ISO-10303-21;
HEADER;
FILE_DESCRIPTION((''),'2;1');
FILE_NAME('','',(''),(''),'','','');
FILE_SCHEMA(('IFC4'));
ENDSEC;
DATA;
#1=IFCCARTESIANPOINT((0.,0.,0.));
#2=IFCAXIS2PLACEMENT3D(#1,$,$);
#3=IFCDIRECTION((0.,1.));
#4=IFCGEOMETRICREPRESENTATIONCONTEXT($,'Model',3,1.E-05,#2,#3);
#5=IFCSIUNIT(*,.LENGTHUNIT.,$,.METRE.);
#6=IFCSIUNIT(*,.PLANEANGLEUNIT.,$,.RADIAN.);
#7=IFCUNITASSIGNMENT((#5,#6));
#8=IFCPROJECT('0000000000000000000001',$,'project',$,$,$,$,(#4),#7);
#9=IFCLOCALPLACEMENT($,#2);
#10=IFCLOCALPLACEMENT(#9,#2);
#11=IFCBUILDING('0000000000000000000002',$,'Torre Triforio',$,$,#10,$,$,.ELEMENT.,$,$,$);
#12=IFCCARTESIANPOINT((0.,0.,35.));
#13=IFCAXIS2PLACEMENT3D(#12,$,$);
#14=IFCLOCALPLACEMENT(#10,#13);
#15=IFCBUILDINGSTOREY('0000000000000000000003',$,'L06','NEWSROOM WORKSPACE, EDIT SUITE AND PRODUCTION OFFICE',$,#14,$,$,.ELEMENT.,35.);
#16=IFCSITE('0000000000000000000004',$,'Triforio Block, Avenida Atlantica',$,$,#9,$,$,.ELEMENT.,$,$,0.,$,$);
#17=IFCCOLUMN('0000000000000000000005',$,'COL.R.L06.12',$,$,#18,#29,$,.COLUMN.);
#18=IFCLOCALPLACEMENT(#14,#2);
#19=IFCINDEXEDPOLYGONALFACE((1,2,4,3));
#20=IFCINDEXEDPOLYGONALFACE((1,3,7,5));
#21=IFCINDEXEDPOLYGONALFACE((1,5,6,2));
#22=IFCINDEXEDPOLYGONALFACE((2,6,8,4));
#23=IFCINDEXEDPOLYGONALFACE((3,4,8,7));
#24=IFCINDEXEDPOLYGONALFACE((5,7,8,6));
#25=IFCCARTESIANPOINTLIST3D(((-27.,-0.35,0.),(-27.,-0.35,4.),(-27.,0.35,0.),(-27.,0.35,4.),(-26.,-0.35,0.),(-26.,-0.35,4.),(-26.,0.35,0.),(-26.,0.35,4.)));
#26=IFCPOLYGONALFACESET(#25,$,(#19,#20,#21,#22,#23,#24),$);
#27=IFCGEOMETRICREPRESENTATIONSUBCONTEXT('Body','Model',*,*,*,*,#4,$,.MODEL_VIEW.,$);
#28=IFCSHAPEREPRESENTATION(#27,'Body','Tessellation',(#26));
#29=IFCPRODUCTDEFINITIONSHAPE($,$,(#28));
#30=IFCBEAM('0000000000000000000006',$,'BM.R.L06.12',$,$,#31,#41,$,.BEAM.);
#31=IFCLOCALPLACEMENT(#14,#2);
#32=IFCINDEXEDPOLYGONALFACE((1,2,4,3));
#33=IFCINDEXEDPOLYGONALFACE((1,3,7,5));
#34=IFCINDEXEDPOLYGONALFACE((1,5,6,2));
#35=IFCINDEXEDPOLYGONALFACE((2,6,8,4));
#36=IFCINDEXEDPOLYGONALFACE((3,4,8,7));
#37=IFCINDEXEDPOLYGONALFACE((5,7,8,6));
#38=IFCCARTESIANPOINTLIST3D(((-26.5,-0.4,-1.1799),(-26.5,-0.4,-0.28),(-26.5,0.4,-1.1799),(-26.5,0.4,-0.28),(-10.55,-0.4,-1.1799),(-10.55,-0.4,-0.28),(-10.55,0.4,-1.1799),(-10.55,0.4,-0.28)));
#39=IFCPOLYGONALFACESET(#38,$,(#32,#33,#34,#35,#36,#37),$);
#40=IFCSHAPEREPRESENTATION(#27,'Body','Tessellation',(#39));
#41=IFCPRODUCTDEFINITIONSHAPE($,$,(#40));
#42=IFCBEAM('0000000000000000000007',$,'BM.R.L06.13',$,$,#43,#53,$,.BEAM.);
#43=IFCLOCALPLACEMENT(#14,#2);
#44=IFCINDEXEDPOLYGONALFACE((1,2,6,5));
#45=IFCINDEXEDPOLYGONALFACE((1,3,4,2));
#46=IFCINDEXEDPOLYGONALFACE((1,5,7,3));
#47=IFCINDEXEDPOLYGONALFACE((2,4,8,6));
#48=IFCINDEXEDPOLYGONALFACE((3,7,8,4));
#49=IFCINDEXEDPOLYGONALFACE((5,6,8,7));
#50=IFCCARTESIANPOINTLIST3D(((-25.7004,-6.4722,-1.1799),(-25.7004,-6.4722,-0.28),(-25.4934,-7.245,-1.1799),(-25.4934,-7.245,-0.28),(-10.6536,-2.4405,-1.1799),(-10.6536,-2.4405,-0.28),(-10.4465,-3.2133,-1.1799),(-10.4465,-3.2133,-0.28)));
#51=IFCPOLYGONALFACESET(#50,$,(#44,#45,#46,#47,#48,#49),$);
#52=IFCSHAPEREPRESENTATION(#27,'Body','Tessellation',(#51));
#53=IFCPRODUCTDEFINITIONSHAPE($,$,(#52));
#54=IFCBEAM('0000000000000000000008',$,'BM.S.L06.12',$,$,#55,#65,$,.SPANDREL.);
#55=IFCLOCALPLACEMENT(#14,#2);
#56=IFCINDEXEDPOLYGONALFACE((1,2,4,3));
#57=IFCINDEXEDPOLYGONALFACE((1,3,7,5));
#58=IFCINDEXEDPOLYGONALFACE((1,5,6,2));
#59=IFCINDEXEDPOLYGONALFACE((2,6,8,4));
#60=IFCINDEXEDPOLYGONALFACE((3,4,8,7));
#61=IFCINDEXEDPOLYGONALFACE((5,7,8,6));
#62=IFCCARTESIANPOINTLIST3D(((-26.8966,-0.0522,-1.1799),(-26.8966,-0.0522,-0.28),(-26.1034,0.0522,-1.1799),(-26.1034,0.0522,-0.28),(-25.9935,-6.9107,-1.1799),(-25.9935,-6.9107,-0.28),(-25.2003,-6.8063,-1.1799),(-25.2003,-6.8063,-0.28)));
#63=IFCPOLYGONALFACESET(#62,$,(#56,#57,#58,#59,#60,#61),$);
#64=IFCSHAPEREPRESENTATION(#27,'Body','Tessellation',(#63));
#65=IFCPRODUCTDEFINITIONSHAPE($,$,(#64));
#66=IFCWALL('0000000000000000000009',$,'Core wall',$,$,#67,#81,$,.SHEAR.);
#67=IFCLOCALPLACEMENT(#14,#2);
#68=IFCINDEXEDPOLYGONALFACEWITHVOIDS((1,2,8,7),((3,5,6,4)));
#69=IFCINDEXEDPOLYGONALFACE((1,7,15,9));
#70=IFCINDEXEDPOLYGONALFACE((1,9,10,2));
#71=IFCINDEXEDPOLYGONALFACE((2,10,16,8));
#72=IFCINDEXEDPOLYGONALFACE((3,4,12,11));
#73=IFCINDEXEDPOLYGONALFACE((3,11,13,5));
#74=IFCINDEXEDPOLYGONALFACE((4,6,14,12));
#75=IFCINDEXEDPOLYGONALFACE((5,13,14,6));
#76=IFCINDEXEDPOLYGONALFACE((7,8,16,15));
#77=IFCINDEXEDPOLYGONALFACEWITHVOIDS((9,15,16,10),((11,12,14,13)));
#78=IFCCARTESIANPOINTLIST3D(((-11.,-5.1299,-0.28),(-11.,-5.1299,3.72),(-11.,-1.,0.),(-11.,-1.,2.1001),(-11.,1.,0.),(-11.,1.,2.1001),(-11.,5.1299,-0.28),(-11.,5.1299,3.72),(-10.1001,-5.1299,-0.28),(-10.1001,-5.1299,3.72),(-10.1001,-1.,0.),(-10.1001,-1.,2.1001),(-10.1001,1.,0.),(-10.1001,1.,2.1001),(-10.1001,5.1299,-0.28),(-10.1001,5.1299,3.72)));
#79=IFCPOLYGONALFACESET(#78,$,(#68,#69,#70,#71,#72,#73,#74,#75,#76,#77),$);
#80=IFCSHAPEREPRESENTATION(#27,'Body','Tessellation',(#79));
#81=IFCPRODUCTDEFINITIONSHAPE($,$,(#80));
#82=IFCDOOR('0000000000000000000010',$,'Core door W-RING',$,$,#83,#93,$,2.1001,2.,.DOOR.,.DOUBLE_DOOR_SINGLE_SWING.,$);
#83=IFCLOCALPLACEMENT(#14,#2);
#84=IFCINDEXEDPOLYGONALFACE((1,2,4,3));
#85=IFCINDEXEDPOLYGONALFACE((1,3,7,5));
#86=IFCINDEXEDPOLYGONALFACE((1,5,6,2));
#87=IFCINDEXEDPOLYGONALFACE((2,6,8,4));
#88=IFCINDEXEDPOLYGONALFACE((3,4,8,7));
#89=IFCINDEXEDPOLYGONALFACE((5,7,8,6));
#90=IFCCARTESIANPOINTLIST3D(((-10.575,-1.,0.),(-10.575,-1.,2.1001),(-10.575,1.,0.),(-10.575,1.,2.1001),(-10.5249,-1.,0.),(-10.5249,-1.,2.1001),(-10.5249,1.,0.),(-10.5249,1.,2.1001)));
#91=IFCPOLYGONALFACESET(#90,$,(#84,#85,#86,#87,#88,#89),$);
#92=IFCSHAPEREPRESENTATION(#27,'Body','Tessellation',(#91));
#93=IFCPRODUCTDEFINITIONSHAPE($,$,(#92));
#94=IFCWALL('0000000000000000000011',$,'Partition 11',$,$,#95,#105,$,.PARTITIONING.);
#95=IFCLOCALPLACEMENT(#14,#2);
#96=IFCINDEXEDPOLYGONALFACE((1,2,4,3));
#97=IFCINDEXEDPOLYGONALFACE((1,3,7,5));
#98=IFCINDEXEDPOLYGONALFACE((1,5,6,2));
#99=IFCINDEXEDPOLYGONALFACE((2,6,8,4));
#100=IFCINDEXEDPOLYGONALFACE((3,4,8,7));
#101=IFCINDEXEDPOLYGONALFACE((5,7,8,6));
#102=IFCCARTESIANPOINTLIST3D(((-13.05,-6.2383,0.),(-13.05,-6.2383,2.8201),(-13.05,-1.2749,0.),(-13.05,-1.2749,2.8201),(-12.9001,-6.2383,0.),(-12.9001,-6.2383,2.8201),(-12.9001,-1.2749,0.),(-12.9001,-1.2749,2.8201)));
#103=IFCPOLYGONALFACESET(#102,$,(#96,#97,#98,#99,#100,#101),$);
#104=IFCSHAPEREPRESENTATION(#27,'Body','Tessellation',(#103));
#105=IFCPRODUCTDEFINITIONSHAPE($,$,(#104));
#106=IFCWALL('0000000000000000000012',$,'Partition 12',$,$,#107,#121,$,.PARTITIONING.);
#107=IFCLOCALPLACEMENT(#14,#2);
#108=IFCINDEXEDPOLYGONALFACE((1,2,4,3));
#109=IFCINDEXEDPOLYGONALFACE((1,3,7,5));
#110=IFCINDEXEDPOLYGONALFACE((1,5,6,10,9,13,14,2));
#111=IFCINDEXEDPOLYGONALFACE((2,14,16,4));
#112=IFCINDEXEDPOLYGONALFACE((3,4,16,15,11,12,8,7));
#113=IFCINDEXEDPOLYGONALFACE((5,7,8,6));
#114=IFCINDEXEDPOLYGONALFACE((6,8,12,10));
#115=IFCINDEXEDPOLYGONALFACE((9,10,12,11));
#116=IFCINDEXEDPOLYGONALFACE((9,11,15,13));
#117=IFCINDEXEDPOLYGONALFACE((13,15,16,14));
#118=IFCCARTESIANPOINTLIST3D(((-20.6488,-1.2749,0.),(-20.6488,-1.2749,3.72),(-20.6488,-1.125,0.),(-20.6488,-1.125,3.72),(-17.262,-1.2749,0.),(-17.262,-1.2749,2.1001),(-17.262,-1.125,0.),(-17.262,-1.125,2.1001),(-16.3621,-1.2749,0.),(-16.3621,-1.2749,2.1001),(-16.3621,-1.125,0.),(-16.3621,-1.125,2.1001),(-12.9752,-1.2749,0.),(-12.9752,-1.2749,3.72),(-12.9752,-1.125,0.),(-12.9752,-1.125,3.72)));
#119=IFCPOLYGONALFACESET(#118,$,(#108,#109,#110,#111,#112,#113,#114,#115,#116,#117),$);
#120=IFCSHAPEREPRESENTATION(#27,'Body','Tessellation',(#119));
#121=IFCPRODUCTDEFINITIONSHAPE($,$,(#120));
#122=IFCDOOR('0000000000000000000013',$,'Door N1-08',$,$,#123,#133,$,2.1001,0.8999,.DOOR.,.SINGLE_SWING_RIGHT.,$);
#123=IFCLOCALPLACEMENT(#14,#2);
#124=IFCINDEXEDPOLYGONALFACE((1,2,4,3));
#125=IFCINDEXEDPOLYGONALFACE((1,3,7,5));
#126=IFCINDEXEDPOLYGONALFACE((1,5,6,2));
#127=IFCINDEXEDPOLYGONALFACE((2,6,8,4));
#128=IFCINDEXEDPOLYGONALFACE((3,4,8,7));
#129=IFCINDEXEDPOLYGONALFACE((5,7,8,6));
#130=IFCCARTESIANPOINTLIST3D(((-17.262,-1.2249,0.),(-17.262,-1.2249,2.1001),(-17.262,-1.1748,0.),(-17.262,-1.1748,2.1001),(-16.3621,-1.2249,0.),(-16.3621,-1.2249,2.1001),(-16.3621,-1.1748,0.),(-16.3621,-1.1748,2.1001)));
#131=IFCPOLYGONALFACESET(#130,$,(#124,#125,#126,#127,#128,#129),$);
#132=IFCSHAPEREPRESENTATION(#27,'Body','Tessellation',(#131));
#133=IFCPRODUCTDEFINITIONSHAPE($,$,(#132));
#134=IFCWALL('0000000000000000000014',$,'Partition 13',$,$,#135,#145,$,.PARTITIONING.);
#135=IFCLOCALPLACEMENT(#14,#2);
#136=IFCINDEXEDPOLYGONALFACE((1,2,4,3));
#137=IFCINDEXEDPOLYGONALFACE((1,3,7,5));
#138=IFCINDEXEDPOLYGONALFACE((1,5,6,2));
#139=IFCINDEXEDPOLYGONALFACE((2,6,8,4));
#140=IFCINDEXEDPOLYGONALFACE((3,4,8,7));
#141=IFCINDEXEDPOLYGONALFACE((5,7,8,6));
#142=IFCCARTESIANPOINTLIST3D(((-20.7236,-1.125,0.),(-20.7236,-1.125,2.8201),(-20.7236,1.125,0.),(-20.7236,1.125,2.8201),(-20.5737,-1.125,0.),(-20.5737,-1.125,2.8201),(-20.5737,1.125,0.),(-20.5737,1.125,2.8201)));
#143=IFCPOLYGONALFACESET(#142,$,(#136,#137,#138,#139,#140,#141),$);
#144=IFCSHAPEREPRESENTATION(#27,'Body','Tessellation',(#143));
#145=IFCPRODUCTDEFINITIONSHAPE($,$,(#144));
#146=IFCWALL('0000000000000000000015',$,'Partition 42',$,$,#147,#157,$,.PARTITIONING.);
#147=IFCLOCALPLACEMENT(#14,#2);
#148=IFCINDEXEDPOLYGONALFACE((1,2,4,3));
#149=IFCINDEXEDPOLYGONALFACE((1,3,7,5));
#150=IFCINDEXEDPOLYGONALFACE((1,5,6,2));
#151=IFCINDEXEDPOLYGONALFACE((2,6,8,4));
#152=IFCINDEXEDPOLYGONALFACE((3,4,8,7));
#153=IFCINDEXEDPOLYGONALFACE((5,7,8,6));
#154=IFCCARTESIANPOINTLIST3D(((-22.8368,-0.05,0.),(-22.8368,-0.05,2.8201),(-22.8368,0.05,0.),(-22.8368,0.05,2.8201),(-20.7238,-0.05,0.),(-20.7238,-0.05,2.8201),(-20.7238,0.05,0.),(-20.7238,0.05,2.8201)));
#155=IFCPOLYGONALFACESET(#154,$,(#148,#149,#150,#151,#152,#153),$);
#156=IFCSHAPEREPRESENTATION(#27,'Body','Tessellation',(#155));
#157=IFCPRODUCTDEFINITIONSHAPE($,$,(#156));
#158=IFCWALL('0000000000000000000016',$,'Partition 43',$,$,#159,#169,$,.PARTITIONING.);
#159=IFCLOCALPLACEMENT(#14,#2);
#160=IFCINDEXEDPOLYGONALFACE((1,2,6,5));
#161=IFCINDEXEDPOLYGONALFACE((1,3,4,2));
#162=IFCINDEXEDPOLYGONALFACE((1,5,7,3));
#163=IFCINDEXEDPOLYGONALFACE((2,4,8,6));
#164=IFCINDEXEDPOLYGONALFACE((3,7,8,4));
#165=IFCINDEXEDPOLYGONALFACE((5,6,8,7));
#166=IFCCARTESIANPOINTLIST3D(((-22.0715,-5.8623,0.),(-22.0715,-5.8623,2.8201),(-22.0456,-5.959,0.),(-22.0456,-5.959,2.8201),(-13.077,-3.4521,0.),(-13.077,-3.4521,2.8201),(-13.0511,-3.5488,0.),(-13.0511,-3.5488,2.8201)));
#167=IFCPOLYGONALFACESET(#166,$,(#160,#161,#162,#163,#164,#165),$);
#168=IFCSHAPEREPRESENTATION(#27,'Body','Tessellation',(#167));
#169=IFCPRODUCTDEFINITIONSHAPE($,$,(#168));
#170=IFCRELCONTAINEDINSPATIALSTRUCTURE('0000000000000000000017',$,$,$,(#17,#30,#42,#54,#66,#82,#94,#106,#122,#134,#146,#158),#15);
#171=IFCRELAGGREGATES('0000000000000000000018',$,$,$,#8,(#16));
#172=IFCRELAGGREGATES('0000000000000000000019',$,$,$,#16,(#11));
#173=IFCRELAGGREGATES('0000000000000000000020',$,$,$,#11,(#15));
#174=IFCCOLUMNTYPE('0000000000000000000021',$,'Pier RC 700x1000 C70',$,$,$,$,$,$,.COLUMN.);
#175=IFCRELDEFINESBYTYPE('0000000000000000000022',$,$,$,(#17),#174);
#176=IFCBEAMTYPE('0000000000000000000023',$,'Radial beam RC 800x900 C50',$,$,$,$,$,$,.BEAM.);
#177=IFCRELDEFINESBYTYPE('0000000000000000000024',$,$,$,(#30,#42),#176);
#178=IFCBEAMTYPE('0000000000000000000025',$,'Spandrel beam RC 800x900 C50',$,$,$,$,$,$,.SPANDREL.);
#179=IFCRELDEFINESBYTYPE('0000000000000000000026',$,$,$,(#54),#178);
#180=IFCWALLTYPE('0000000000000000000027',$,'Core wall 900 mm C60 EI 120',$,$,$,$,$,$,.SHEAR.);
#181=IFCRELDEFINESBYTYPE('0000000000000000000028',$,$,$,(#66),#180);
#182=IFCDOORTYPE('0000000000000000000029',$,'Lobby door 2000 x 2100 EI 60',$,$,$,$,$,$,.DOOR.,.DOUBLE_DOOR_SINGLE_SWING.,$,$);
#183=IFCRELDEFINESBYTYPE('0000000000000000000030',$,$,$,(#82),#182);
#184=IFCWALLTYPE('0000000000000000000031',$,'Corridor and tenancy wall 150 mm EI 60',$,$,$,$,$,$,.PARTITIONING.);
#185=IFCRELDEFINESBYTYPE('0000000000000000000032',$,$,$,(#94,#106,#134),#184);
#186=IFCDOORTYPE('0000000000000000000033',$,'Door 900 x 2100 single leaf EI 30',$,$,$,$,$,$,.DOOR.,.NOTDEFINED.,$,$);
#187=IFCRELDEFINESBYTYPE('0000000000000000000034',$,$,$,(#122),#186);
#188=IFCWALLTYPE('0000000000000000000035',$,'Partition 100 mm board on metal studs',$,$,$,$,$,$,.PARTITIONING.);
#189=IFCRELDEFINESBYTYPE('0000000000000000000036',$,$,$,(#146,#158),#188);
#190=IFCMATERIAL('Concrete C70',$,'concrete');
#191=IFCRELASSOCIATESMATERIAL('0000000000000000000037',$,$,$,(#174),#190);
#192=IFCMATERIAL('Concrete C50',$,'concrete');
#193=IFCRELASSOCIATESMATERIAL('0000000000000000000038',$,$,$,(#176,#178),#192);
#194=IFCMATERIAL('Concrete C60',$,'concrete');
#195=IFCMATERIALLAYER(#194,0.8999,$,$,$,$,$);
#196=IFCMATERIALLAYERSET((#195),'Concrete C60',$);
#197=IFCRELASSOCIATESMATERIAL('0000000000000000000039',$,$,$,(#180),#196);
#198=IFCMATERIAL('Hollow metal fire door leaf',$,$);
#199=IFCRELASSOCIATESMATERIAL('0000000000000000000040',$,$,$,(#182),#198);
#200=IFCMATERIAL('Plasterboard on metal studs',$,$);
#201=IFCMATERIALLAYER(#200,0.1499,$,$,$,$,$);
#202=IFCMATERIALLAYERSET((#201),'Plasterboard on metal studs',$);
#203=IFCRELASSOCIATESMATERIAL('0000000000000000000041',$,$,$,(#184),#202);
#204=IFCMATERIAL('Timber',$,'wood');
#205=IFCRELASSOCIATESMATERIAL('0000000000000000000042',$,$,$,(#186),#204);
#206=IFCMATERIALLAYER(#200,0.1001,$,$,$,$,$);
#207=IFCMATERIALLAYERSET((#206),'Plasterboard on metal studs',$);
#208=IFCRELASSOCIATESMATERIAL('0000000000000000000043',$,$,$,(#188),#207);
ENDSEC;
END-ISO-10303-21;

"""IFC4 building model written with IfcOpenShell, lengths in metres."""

from ifc_helpers import new_model, si_unit, direction, frame, frame_2d, origin, origin_2d, place, context, subcontext, project, spatial, rectangle, extrude, material, layer, layer_set, material_profile, profile_set, type_object, element, fill, save


model = new_model("IFC4")

# Units and contexts
model_context = context("Model", 3, precision=1e-05, world=origin(), true_north=direction((0.0, 1.0)))
body_context = subcontext(model_context, "Body", "Model", "MODEL_VIEW")
ifc_project = project(units=[si_unit("LENGTHUNIT", "METRE"), si_unit("PLANEANGLEUNIT", "RADIAN")], contexts=[model_context])

# Site, building, storey
site_placement = place(None, origin())
site = spatial("IfcSite", under=ifc_project, at=site_placement, Name="Triforio Block, Avenida Atlantica", CompositionType="ELEMENT", RefElevation=0.0)
building_placement = place(site_placement, origin())
building = spatial("IfcBuilding", under=site, at=building_placement, Name="Torre Triforio", CompositionType="ELEMENT")
storey_placement = place(building_placement, frame((0.0, 0.0, 35.0)))
storey = spatial("IfcBuildingStorey", under=building, at=storey_placement, Name="L06", Description="NEWSROOM WORKSPACE, EDIT SUITE AND PRODUCTION OFFICE", CompositionType="ELEMENT", Elevation=35.0)

# Column
ifc_material_1 = material(Name="Concrete C70", Category="concrete")
ifc_material_profile_1 = material_profile(ifc_material_1, rectangle(XDim=0.7, YDim=1.0, at=origin_2d()), Name="RC 700x1000")
ifc_profile_set_1 = profile_set([ifc_material_profile_1], Name="Concrete C70")
column_type = type_object("IfcColumnType", Name="Pier RC 700x1000 C70", PredefinedType="COLUMN", material=ifc_profile_set_1)
column_placement = place(storey_placement, frame((-26.5, 0.0, 0.0), z_axis=(0.0, 0.0, 1.0), x_axis=(0.0, -1.0, 0.0)))
element("IfcColumn", 1, at=column_placement, inside=storey, type_object=column_type, Name="COL.R.L06.12", PredefinedType="COLUMN", context=body_context, shape_type="SweptSolid", body=[
    extrude(rectangle(XDim=0.7, YDim=1.0, at=origin_2d()), origin(), (0.0, 0.0, 1.0), 4.0),
])

# Beams
ifc_material_2 = material(Name="Concrete C50", Category="concrete")
ifc_material_profile_2 = material_profile(ifc_material_2, rectangle(XDim=0.8, YDim=0.8999, at=origin_2d()), Name="RC 800x900")
ifc_profile_set_2 = profile_set([ifc_material_profile_2], Name="Concrete C50")
beam_type_1 = type_object("IfcBeamType", Name="Radial beam RC 800x900 C50", PredefinedType="BEAM", material=ifc_profile_set_2)
beam_1_placement = place(storey_placement, frame((-10.55, 0.0, -0.73), z_axis=(-1.0, 0.0, 0.0), x_axis=(0.0, -1.0, 0.0)))
element("IfcBeam", 2, at=beam_1_placement, inside=storey, type_object=beam_type_1, Name="BM.R.L06.12", PredefinedType="BEAM", context=body_context, shape_type="SweptSolid", body=[
    extrude(rectangle(XDim=0.8, YDim=0.8999, at=origin_2d()), origin(), (0.0, 0.0, 1.0), 15.95),
])
beam_2_placement = place(storey_placement, frame((-10.55, -2.8269, -0.73), z_axis=(-0.965927, -0.258815, 0.0), x_axis=(0.258815, -0.965927, 0.0)))
element("IfcBeam", 3, at=beam_2_placement, inside=storey, type_object=beam_type_1, Name="BM.R.L06.13", PredefinedType="BEAM", context=body_context, shape_type="SweptSolid", body=[
    extrude(rectangle(XDim=0.8, YDim=0.8999, at=origin_2d()), origin(), (0.0, 0.0, 1.0), 15.5776),
])
ifc_material_profile_3 = material_profile(ifc_material_2, rectangle(XDim=0.8, YDim=0.8999, at=origin_2d()), Name="RC 800x900")
ifc_profile_set_3 = profile_set([ifc_material_profile_3], Name="Concrete C50")
beam_type_2 = type_object("IfcBeamType", Name="Spandrel beam RC 800x900 C50", PredefinedType="SPANDREL", material=ifc_profile_set_3)
beam_3_placement = place(storey_placement, frame((-26.5, 0.0, -0.73), z_axis=(0.130543, -0.991443, 0.0), x_axis=(0.991443, 0.130543, 0.0)))
element("IfcBeam", 4, at=beam_3_placement, inside=storey, type_object=beam_type_2, Name="BM.S.L06.12", PredefinedType="SPANDREL", context=body_context, shape_type="SweptSolid", body=[
    extrude(rectangle(XDim=0.8, YDim=0.8999, at=origin_2d()), origin(), (0.0, 0.0, 1.0), 6.9177),
])

# Wall, opening, door
ifc_material_3 = material(Name="Concrete C60", Category="concrete")
ifc_layer_1 = layer(ifc_material_3, 0.8999)
ifc_layer_set_1 = layer_set([ifc_layer_1], Name="Concrete C60")
wall_type_1 = type_object("IfcWallType", Name="Core wall 900 mm C60 EI 120", PredefinedType="SHEAR", material=ifc_layer_set_1)
wall_1_placement = place(storey_placement, frame((-10.55, -5.1299, -0.28), z_axis=(0.0, 0.0, 1.0), x_axis=(0.0, 1.0, 0.0)))
wall_1 = element("IfcWall", 5, at=wall_1_placement, inside=storey, type_object=wall_type_1, Name="Core wall", PredefinedType="SHEAR", context=body_context, shape_type="SweptSolid", body=[
    extrude(rectangle(XDim=10.2598, YDim=0.8999, at=frame_2d((5.1299, 0.0))), origin(), (0.0, 0.0, 1.0), 4.0),
])
opening_1_placement = place(wall_1_placement, frame((4.1299, 0.0, 0.28)))
opening_1 = element("IfcOpeningElement", 6, at=opening_1_placement, cuts=wall_1, PredefinedType="OPENING", context=body_context, shape_type="SweptSolid", body=[
    extrude(rectangle(XDim=2.0, YDim=2.1001, at=frame_2d((1.0, 1.05))), frame((0.0, 0.46, 0.0), z_axis=(0.0, -1.0, 0.0), x_axis=(1.0, 0.0, 0.0)), (0.0, 0.0, 1.0), 0.9199),
])
ifc_material_4 = material(Name="Hollow metal fire door leaf")
door_type_1 = type_object("IfcDoorType", Name="Lobby door 2000 x 2100 EI 60", OperationType="DOUBLE_DOOR_SINGLE_SWING", PredefinedType="DOOR", material=ifc_material_4)
door_1_placement = place(opening_1_placement, origin())
door_1 = element("IfcDoor", 7, at=door_1_placement, inside=storey, type_object=door_type_1, Name="Core door W-RING", OperationType="DOUBLE_DOOR_SINGLE_SWING", OverallHeight=2.1001, OverallWidth=2.0, PredefinedType="DOOR", context=body_context, shape_type="SweptSolid", body=[
    extrude(rectangle(XDim=2.0, YDim=2.1001, at=frame_2d((1.0, 1.05))), frame((0.0, 0.0249, 0.0), z_axis=(0.0, -1.0, 0.0), x_axis=(1.0, 0.0, 0.0)), (0.0, 0.0, 1.0), 0.05),
])
fill(opening_1, door_1)

# Wall
ifc_material_5 = material(Name="Plasterboard on metal studs")
ifc_layer_2 = layer(ifc_material_5, 0.1499)
ifc_layer_set_2 = layer_set([ifc_layer_2], Name="Plasterboard on metal studs")
wall_type_2 = type_object("IfcWallType", Name="Corridor and tenancy wall 150 mm EI 60", PredefinedType="PARTITIONING", material=ifc_layer_set_2)
wall_2_placement = place(storey_placement, frame((-12.9751, -6.2383, 0.0), z_axis=(0.0, 0.0, 1.0), x_axis=(0.0, 1.0, 0.0)))
element("IfcWall", 8, at=wall_2_placement, inside=storey, type_object=wall_type_2, Name="Partition 11", PredefinedType="PARTITIONING", context=body_context, shape_type="SweptSolid", body=[
    extrude(rectangle(XDim=4.9634, YDim=0.1499, at=frame_2d((2.4817, 0.0))), origin(), (0.0, 0.0, 1.0), 2.8201),
])

# Wall, opening, door
wall_3_placement = place(storey_placement, frame((-12.9751, -1.2, 0.0), z_axis=(0.0, 0.0, 1.0), x_axis=(-1.0, 0.0, 0.0)))
wall_3 = element("IfcWall", 9, at=wall_3_placement, inside=storey, type_object=wall_type_2, Name="Partition 12", PredefinedType="PARTITIONING", context=body_context, shape_type="SweptSolid", body=[
    extrude(rectangle(XDim=7.6736, YDim=0.1499, at=frame_2d((3.8369, 0.0))), origin(), (0.0, 0.0, 1.0), 3.72),
])
opening_2_placement = place(wall_3_placement, frame((3.387, 0.0, 0.0)))
opening_2 = element("IfcOpeningElement", 10, at=opening_2_placement, cuts=wall_3, PredefinedType="OPENING", context=body_context, shape_type="SweptSolid", body=[
    extrude(rectangle(XDim=0.8999, YDim=2.1001, at=frame_2d((0.45, 1.05))), frame((0.0, 0.085, 0.0), z_axis=(0.0, -1.0, 0.0), x_axis=(1.0, 0.0, 0.0)), (0.0, 0.0, 1.0), 0.1699),
])
ifc_material_6 = material(Name="Timber", Category="wood")
door_type_2 = type_object("IfcDoorType", Name="Door 900 x 2100 single leaf EI 30", OperationType="NOTDEFINED", PredefinedType="DOOR", material=ifc_material_6)
door_2_placement = place(opening_2_placement, origin())
door_2 = element("IfcDoor", 11, at=door_2_placement, inside=storey, type_object=door_type_2, Name="Door N1-08", OperationType="SINGLE_SWING_RIGHT", OverallHeight=2.1001, OverallWidth=0.8999, PredefinedType="DOOR", context=body_context, shape_type="SweptSolid", body=[
    extrude(rectangle(XDim=0.8999, YDim=2.1001, at=frame_2d((0.45, 1.05))), frame((0.0, 0.0249, 0.0), z_axis=(0.0, -1.0, 0.0), x_axis=(1.0, 0.0, 0.0)), (0.0, 0.0, 1.0), 0.05),
])
fill(opening_2, door_2)

# Walls
wall_4_placement = place(storey_placement, frame((-20.6487, -1.125, 0.0), z_axis=(0.0, 0.0, 1.0), x_axis=(0.0, 1.0, 0.0)))
element("IfcWall", 12, at=wall_4_placement, inside=storey, type_object=wall_type_2, Name="Partition 13", PredefinedType="PARTITIONING", context=body_context, shape_type="SweptSolid", body=[
    extrude(rectangle(XDim=2.25, YDim=0.1499, at=frame_2d((1.125, 0.0))), origin(), (0.0, 0.0, 1.0), 2.8201),
])
ifc_layer_3 = layer(ifc_material_5, 0.1001)
ifc_layer_set_3 = layer_set([ifc_layer_3], Name="Plasterboard on metal studs")
wall_type_3 = type_object("IfcWallType", Name="Partition 100 mm board on metal studs", PredefinedType="PARTITIONING", material=ifc_layer_set_3)
wall_5_placement = place(storey_placement, frame((-20.7236, 0.0, 0.0), z_axis=(0.0, 0.0, 1.0), x_axis=(-1.0, 0.0, 0.0)))
element("IfcWall", 13, at=wall_5_placement, inside=storey, type_object=wall_type_3, Name="Partition 42", PredefinedType="PARTITIONING", context=body_context, shape_type="SweptSolid", body=[
    extrude(rectangle(XDim=2.113, YDim=0.1001, at=frame_2d((1.0566, 0.0))), origin(), (0.0, 0.0, 1.0), 2.8201),
])
wall_6_placement = place(storey_placement, frame((-13.0642, -3.5005, 0.0), z_axis=(0.0, 0.0, 1.0), x_axis=(-0.965923, -0.258831, 0.0)))
element("IfcWall", 14, at=wall_6_placement, inside=storey, type_object=wall_type_3, Name="Partition 43", PredefinedType="PARTITIONING", context=body_context, shape_type="SweptSolid", body=[
    extrude(rectangle(XDim=9.3118, YDim=0.1001, at=frame_2d((4.6558, 0.0))), origin(), (0.0, 0.0, 1.0), 2.8201),
])

save(model, "model.ifc")
